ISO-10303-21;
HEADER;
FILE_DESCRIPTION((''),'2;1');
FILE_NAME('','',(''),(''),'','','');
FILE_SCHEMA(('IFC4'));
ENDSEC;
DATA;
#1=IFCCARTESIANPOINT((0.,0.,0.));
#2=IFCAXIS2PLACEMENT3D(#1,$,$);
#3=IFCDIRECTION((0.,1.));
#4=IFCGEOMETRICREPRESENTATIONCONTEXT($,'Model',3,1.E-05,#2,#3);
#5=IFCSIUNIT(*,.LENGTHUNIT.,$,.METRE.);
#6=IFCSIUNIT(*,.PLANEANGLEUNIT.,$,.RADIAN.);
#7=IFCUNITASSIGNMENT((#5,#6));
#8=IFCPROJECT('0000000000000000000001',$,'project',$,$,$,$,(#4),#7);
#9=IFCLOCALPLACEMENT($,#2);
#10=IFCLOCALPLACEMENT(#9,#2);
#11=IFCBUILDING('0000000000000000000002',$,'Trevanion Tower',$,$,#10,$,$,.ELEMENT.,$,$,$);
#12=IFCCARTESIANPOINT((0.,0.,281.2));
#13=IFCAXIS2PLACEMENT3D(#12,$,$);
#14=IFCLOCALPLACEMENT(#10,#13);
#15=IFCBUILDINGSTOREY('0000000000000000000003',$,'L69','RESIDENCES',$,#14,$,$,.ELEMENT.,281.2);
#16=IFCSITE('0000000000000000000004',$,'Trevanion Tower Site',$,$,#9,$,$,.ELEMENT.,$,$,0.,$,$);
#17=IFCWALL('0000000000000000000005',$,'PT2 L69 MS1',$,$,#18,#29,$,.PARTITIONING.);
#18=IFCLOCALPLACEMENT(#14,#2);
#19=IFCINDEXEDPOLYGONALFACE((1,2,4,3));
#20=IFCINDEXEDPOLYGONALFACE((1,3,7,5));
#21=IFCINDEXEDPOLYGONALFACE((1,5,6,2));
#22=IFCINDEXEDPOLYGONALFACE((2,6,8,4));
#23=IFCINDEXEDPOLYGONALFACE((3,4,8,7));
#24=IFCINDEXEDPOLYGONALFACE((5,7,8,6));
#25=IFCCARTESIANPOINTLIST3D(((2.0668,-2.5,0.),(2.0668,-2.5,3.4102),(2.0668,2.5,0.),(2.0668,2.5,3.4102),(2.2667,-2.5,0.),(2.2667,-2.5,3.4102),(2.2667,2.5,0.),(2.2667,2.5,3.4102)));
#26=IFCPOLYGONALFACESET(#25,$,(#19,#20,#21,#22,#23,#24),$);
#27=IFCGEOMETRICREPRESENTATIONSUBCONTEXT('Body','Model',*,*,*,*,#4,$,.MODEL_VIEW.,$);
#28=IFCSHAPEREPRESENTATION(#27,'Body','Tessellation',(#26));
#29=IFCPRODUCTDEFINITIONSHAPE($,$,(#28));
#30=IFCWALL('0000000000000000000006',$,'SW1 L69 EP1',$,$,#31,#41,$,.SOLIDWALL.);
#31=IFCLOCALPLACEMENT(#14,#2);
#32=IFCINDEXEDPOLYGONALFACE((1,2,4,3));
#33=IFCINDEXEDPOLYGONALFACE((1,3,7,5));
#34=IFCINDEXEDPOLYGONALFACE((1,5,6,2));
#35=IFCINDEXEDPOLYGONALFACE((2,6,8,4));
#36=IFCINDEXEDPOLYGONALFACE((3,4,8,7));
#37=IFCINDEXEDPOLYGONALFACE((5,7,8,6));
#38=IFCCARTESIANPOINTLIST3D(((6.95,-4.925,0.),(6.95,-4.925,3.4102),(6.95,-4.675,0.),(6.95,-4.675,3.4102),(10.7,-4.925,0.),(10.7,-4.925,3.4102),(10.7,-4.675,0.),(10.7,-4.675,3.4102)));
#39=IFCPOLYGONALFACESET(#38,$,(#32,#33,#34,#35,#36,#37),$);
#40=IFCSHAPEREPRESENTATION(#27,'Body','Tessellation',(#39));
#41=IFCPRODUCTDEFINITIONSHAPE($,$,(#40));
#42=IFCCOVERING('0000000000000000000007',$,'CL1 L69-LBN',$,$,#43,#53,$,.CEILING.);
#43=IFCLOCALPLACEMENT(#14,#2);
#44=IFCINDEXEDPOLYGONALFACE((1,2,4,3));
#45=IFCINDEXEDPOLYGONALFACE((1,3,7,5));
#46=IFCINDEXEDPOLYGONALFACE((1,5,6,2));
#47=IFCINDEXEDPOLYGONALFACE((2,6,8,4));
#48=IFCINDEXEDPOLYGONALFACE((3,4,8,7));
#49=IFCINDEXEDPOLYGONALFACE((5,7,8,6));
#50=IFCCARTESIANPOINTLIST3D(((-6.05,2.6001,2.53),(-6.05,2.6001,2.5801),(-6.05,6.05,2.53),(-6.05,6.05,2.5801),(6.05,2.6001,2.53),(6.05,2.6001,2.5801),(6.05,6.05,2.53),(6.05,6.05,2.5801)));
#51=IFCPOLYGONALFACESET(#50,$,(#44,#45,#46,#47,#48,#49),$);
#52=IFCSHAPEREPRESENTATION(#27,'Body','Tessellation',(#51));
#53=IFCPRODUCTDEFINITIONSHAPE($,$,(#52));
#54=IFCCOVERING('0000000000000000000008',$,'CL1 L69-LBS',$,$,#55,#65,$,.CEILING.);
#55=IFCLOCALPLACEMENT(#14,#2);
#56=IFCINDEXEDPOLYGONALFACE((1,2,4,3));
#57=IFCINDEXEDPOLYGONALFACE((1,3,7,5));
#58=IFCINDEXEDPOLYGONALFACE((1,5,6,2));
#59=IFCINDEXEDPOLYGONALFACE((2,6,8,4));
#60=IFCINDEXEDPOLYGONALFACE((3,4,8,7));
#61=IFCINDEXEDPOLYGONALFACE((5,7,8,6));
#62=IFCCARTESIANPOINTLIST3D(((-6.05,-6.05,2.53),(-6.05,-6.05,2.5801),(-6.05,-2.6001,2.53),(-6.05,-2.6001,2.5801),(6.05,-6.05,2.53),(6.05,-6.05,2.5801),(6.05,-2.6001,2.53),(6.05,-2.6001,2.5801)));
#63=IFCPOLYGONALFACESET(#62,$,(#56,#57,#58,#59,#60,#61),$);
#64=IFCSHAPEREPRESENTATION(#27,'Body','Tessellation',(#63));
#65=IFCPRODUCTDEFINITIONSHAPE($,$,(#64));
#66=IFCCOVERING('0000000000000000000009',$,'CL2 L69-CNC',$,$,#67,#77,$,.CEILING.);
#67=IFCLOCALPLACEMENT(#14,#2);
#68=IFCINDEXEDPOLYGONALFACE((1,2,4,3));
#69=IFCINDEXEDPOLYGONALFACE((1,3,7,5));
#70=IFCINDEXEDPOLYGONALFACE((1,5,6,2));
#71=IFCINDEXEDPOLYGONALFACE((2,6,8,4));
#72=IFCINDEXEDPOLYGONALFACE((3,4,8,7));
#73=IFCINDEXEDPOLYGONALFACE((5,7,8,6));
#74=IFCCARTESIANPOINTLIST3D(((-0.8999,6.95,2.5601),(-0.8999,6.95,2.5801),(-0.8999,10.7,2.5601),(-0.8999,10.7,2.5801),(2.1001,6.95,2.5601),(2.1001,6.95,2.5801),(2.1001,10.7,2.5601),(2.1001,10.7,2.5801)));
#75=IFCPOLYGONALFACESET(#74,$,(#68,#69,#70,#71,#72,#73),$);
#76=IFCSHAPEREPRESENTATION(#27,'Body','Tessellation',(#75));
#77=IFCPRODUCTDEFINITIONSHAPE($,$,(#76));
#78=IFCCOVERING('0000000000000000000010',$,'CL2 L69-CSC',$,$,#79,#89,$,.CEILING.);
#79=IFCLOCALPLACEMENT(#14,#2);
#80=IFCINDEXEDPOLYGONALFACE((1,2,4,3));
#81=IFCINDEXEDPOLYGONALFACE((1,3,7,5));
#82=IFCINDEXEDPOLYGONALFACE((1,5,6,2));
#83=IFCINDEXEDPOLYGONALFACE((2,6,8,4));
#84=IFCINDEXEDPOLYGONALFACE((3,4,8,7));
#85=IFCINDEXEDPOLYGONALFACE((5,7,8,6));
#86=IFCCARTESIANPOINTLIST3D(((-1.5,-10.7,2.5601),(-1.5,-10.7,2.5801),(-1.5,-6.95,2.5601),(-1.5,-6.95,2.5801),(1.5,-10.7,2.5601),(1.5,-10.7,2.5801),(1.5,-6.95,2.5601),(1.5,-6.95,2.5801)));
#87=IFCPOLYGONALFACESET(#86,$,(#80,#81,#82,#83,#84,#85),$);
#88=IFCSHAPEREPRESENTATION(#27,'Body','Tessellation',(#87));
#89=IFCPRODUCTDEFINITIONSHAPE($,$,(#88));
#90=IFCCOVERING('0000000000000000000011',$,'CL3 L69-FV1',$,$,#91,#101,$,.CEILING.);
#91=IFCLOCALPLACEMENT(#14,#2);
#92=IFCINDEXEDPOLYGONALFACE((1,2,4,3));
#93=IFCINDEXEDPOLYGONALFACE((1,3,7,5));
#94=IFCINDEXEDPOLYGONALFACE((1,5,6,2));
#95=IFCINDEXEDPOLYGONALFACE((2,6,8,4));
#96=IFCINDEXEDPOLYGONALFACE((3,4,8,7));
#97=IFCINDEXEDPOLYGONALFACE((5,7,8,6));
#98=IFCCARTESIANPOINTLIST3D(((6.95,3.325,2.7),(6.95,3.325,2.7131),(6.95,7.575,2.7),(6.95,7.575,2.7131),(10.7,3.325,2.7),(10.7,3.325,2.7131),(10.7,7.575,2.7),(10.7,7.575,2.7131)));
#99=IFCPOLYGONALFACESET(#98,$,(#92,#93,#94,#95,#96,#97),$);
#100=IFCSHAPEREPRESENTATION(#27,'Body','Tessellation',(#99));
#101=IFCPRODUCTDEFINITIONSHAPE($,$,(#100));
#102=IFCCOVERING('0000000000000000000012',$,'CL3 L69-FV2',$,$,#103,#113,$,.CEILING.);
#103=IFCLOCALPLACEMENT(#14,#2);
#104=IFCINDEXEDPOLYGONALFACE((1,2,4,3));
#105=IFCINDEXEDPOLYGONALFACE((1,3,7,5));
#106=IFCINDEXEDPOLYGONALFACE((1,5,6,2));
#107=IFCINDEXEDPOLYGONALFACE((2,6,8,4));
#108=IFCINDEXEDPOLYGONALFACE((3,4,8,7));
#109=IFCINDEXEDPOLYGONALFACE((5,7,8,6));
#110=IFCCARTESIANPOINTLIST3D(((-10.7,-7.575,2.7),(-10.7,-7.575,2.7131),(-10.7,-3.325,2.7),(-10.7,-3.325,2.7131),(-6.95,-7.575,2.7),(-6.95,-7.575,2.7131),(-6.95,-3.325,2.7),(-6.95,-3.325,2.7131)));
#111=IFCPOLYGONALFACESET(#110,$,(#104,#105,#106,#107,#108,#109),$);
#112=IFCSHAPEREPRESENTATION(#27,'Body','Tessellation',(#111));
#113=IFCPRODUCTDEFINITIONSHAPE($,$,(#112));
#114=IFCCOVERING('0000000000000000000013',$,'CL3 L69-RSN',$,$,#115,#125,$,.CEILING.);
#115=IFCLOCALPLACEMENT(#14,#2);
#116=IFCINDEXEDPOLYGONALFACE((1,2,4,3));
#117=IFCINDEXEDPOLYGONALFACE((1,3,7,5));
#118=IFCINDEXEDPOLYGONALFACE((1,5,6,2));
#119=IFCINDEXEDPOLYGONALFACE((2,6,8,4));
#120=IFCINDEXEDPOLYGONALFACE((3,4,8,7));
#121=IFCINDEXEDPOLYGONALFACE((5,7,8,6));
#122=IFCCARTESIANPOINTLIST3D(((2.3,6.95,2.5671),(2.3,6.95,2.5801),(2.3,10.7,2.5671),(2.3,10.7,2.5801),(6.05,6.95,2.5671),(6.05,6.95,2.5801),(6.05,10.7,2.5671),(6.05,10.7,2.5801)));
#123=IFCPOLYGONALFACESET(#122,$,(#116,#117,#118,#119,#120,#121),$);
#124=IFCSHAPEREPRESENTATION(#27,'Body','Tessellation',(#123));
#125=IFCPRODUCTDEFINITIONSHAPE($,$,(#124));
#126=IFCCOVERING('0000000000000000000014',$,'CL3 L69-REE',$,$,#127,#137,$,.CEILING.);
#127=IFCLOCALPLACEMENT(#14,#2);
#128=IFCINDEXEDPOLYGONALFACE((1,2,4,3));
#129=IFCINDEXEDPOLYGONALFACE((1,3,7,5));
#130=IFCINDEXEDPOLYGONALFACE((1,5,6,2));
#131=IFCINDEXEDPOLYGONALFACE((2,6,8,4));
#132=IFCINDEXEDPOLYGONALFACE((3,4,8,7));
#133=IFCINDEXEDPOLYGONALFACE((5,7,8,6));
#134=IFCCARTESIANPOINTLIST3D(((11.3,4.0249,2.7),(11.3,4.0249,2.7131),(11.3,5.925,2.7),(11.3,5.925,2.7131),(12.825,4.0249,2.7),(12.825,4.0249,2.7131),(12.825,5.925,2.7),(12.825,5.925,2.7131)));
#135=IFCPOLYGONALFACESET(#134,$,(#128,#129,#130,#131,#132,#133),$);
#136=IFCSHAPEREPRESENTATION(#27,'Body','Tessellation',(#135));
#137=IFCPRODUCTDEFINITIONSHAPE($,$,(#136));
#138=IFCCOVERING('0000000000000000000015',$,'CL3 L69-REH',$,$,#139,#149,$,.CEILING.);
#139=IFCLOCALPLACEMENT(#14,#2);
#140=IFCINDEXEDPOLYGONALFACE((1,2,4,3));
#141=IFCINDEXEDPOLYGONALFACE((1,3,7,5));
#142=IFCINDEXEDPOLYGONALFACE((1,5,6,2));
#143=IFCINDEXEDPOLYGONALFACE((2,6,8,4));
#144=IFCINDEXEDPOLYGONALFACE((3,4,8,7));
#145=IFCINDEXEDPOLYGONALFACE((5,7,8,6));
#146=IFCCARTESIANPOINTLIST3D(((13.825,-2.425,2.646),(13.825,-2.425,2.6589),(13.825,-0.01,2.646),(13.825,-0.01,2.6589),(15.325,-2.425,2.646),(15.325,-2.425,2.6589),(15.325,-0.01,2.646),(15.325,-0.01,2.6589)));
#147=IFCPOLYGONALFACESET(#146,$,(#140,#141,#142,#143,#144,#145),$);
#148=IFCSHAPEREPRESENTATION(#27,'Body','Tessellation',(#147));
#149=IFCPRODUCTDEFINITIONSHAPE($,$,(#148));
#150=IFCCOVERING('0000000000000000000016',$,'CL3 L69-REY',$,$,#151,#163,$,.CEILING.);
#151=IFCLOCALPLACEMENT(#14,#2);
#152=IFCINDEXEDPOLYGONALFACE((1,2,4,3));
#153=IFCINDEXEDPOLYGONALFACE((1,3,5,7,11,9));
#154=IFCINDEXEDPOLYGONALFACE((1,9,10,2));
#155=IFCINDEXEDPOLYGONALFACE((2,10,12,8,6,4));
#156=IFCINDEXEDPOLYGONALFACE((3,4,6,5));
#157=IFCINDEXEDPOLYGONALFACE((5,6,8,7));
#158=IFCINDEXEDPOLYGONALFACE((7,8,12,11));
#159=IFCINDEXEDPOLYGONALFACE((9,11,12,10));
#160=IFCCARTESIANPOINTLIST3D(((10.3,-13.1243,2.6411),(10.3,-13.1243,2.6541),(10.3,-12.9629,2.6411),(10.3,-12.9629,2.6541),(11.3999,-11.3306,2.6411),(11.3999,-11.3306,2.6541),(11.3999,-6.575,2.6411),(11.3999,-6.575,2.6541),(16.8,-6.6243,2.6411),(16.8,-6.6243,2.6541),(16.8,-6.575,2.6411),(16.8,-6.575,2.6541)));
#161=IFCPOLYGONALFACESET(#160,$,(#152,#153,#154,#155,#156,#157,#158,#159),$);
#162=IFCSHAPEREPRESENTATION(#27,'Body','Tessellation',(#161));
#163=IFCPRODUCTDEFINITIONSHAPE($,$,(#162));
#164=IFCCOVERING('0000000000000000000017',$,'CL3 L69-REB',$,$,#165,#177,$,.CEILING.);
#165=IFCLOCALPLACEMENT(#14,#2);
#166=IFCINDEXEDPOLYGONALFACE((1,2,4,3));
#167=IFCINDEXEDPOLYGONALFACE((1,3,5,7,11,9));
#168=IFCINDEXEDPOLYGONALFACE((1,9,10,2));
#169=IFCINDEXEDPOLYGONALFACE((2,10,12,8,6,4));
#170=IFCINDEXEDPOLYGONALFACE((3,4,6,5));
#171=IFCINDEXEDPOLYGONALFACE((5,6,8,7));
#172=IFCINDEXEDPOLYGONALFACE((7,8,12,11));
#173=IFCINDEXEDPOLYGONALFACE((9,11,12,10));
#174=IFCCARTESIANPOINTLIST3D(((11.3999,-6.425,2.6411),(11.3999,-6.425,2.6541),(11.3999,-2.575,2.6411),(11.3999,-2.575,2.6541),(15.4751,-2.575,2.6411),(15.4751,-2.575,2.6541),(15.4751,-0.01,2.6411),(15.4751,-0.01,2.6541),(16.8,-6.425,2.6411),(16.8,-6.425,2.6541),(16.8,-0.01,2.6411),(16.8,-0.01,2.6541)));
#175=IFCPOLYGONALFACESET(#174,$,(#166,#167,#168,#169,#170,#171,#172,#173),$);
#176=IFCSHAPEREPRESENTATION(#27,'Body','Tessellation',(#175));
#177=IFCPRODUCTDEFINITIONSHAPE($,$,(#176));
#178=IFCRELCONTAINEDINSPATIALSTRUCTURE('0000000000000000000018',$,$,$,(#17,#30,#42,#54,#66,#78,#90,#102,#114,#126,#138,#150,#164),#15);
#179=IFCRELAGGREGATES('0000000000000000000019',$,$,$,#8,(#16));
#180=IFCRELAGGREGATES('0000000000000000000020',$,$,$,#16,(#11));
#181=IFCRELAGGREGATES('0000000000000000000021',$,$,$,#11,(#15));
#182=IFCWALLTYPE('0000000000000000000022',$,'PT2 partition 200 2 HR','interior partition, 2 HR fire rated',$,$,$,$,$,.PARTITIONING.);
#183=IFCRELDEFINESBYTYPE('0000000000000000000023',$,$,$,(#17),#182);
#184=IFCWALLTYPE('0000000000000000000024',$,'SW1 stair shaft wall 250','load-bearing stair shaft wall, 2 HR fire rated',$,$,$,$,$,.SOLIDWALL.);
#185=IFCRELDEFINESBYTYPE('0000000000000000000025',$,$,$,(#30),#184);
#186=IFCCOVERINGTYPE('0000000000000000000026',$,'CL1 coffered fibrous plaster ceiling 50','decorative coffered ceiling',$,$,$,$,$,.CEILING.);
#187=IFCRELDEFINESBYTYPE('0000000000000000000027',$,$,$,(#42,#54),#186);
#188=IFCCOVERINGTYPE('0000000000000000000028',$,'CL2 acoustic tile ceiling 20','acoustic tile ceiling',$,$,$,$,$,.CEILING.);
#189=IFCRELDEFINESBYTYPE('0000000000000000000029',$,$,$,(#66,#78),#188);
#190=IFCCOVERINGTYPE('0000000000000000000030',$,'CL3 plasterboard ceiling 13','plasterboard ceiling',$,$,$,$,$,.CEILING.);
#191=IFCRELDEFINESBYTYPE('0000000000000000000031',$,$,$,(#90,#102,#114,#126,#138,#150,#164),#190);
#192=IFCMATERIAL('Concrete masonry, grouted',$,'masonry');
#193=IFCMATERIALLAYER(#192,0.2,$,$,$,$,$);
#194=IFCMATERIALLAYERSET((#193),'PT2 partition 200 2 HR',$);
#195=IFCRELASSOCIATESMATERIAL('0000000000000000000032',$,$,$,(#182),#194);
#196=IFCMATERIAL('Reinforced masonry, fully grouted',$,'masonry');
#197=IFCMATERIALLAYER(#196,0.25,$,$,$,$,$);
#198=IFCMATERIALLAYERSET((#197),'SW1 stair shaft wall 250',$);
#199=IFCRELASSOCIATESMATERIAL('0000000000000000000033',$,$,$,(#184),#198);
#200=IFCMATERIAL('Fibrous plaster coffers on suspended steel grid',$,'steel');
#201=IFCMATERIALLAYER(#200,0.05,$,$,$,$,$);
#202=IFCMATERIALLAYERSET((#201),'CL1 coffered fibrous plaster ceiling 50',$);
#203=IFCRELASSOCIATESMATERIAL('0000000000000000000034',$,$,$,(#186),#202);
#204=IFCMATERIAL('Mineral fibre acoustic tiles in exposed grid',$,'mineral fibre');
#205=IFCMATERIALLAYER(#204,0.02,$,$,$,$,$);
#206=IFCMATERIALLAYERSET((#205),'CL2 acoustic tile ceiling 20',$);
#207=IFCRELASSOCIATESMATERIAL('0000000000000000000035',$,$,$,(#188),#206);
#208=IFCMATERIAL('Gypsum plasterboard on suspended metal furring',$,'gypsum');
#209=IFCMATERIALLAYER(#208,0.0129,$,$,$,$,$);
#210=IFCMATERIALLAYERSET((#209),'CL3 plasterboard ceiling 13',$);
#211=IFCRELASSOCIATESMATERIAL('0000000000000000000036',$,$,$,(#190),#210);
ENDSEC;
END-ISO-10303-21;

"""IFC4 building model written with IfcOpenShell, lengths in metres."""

from ifc_helpers import new_model, si_unit, direction, frame, frame_2d, origin, place, context, subcontext, project, spatial, polyline, rectangle, outline, extrude, material, layer, layer_set, type_object, element, save


model = new_model("IFC4")

# Units and contexts
model_context = context("Model", 3, precision=1e-05, world=origin(), true_north=direction((0.0, 1.0)))
body_context = subcontext(model_context, "Body", "Model", "MODEL_VIEW")
ifc_project = project(units=[si_unit("LENGTHUNIT", "METRE"), si_unit("PLANEANGLEUNIT", "RADIAN")], contexts=[model_context])

# Site, building, storey
site_placement = place(None, origin())
site = spatial("IfcSite", under=ifc_project, at=site_placement, Name="Trevanion Tower Site", CompositionType="ELEMENT", RefElevation=0.0)
building_placement = place(site_placement, origin())
building = spatial("IfcBuilding", under=site, at=building_placement, Name="Trevanion Tower", CompositionType="ELEMENT")
storey_placement = place(building_placement, frame((0.0, 0.0, 281.2)))
storey = spatial("IfcBuildingStorey", under=building, at=storey_placement, Name="L69", Description="RESIDENCES", CompositionType="ELEMENT", Elevation=281.2)

# Walls
ifc_material_1 = material(Name="Concrete masonry, grouted", Category="masonry")
ifc_layer_1 = layer(ifc_material_1, 0.2)
ifc_layer_set_1 = layer_set([ifc_layer_1], Name="PT2 partition 200 2 HR")
wall_type_1 = type_object("IfcWallType", Name="PT2 partition 200 2 HR", Description="interior partition, 2 HR fire rated", PredefinedType="PARTITIONING", material=ifc_layer_set_1)
wall_1_placement = place(storey_placement, frame((2.1667, -2.5, 0.0), z_axis=(0.0, 0.0, 1.0), x_axis=(0.0, 1.0, 0.0)))
element("IfcWall", 1, at=wall_1_placement, inside=storey, type_object=wall_type_1, Name="PT2 L69 MS1", PredefinedType="PARTITIONING", context=body_context, shape_type="SweptSolid", body=[
    extrude(rectangle(XDim=5.0, YDim=0.2, at=frame_2d((2.5, 0.0))), origin(), (0.0, 0.0, 1.0), 3.4102),
])
ifc_material_2 = material(Name="Reinforced masonry, fully grouted", Category="masonry")
ifc_layer_2 = layer(ifc_material_2, 0.25)
ifc_layer_set_2 = layer_set([ifc_layer_2], Name="SW1 stair shaft wall 250")
wall_type_2 = type_object("IfcWallType", Name="SW1 stair shaft wall 250", Description="load-bearing stair shaft wall, 2 HR fire rated", PredefinedType="SOLIDWALL", material=ifc_layer_set_2)
wall_2_placement = place(storey_placement, frame((6.95, -4.8, 0.0), z_axis=(0.0, 0.0, 1.0), x_axis=(1.0, 0.0, 0.0)))
element("IfcWall", 2, at=wall_2_placement, inside=storey, type_object=wall_type_2, Name="SW1 L69 EP1", PredefinedType="SOLIDWALL", context=body_context, shape_type="SweptSolid", body=[
    extrude(rectangle(XDim=3.75, YDim=0.25, at=frame_2d((1.875, 0.0))), origin(), (0.0, 0.0, 1.0), 3.4102),
])

# Coverings
ifc_material_3 = material(Name="Fibrous plaster coffers on suspended steel grid", Category="steel")
ifc_layer_3 = layer(ifc_material_3, 0.05)
ifc_layer_set_3 = layer_set([ifc_layer_3], Name="CL1 coffered fibrous plaster ceiling 50")
covering_type_1 = type_object("IfcCoveringType", Name="CL1 coffered fibrous plaster ceiling 50", Description="decorative coffered ceiling", PredefinedType="CEILING", material=ifc_layer_set_3)
covering_1_placement = place(storey_placement, frame((0.0, 0.0, 2.53)))
element("IfcCovering", 3, at=covering_1_placement, inside=storey, type_object=covering_type_1, Name="CL1 L69-LBN", PredefinedType="CEILING", context=body_context, shape_type="SweptSolid", body=[
    extrude(outline(polyline([(6.05, 2.6001), (6.05, 6.05), (-6.05, 6.05), (-6.05, 2.6001), (6.05, 2.6001)])), origin(), (0.0, 0.0, 1.0), 0.05),
])
covering_2_placement = place(storey_placement, frame((0.0, 0.0, 2.53)))
element("IfcCovering", 4, at=covering_2_placement, inside=storey, type_object=covering_type_1, Name="CL1 L69-LBS", PredefinedType="CEILING", context=body_context, shape_type="SweptSolid", body=[
    extrude(outline(polyline([(6.05, -6.05), (6.05, -2.6001), (-6.05, -2.6001), (-6.05, -6.05), (6.05, -6.05)])), origin(), (0.0, 0.0, 1.0), 0.05),
])
ifc_material_4 = material(Name="Mineral fibre acoustic tiles in exposed grid", Category="mineral fibre")
ifc_layer_4 = layer(ifc_material_4, 0.02)
ifc_layer_set_4 = layer_set([ifc_layer_4], Name="CL2 acoustic tile ceiling 20")
covering_type_2 = type_object("IfcCoveringType", Name="CL2 acoustic tile ceiling 20", Description="acoustic tile ceiling", PredefinedType="CEILING", material=ifc_layer_set_4)
covering_3_placement = place(storey_placement, frame((0.0, 0.0, 2.5601)))
element("IfcCovering", 5, at=covering_3_placement, inside=storey, type_object=covering_type_2, Name="CL2 L69-CNC", PredefinedType="CEILING", context=body_context, shape_type="SweptSolid", body=[
    extrude(outline(polyline([(2.1001, 6.95), (2.1001, 10.7), (-0.8999, 10.7), (-0.8999, 6.95), (2.1001, 6.95)])), origin(), (0.0, 0.0, 1.0), 0.02),
])
covering_4_placement = place(storey_placement, frame((0.0, 0.0, 2.5601)))
element("IfcCovering", 6, at=covering_4_placement, inside=storey, type_object=covering_type_2, Name="CL2 L69-CSC", PredefinedType="CEILING", context=body_context, shape_type="SweptSolid", body=[
    extrude(outline(polyline([(1.5, -10.7), (1.5, -6.95), (-1.5, -6.95), (-1.5, -10.7), (1.5, -10.7)])), origin(), (0.0, 0.0, 1.0), 0.02),
])
ifc_material_5 = material(Name="Gypsum plasterboard on suspended metal furring", Category="gypsum")
ifc_layer_5 = layer(ifc_material_5, 0.0129)
ifc_layer_set_5 = layer_set([ifc_layer_5], Name="CL3 plasterboard ceiling 13")
covering_type_3 = type_object("IfcCoveringType", Name="CL3 plasterboard ceiling 13", Description="plasterboard ceiling", PredefinedType="CEILING", material=ifc_layer_set_5)
covering_5_placement = place(storey_placement, frame((0.0, 0.0, 2.7)))
element("IfcCovering", 7, at=covering_5_placement, inside=storey, type_object=covering_type_3, Name="CL3 L69-FV1", PredefinedType="CEILING", context=body_context, shape_type="SweptSolid", body=[
    extrude(outline(polyline([(10.7, 3.325), (10.7, 7.575), (6.95, 7.575), (6.95, 3.325), (10.7, 3.325)])), origin(), (0.0, 0.0, 1.0), 0.0132),
])
covering_6_placement = place(storey_placement, frame((0.0, 0.0, 2.7)))
element("IfcCovering", 8, at=covering_6_placement, inside=storey, type_object=covering_type_3, Name="CL3 L69-FV2", PredefinedType="CEILING", context=body_context, shape_type="SweptSolid", body=[
    extrude(outline(polyline([(-10.7, -3.325), (-10.7, -7.575), (-6.95, -7.575), (-6.95, -3.325), (-10.7, -3.325)])), origin(), (0.0, 0.0, 1.0), 0.0132),
])
covering_7_placement = place(storey_placement, frame((0.0, 0.0, 2.5671)))
element("IfcCovering", 9, at=covering_7_placement, inside=storey, type_object=covering_type_3, Name="CL3 L69-RSN", PredefinedType="CEILING", context=body_context, shape_type="SweptSolid", body=[
    extrude(outline(polyline([(6.05, 6.95), (6.05, 10.7), (2.3, 10.7), (2.3, 6.95), (6.05, 6.95)])), origin(), (0.0, 0.0, 1.0), 0.0129),
])
covering_8_placement = place(storey_placement, frame((0.0, 0.0, 2.7)))
element("IfcCovering", 10, at=covering_8_placement, inside=storey, type_object=covering_type_3, Name="CL3 L69-REE", PredefinedType="CEILING", context=body_context, shape_type="SweptSolid", body=[
    extrude(outline(polyline([(12.825, 4.0249), (12.825, 5.925), (11.3, 5.925), (11.3, 4.0249), (12.825, 4.0249)])), origin(), (0.0, 0.0, 1.0), 0.0132),
])
covering_9_placement = place(storey_placement, frame((0.0, 0.0, 2.646)))
element("IfcCovering", 11, at=covering_9_placement, inside=storey, type_object=covering_type_3, Name="CL3 L69-REH", PredefinedType="CEILING", context=body_context, shape_type="SweptSolid", body=[
    extrude(outline(polyline([(15.325, -2.425), (15.325, -0.01), (13.825, -0.01), (13.825, -2.425), (15.325, -2.425)])), origin(), (0.0, 0.0, 1.0), 0.0129),
])
covering_10_placement = place(storey_placement, frame((0.0, 0.0, 2.6411)))
element("IfcCovering", 12, at=covering_10_placement, inside=storey, type_object=covering_type_3, Name="CL3 L69-REY", PredefinedType="CEILING", context=body_context, shape_type="SweptSolid", body=[
    extrude(outline(polyline([(10.3, -13.1243), (10.3, -12.9629), (11.3999, -11.3306), (11.3999, -6.575), (16.8, -6.575), (16.8, -6.6243), (10.3, -13.1243)])), origin(), (0.0, 0.0, 1.0), 0.0129),
])
covering_11_placement = place(storey_placement, frame((0.0, 0.0, 2.6411)))
element("IfcCovering", 13, at=covering_11_placement, inside=storey, type_object=covering_type_3, Name="CL3 L69-REB", PredefinedType="CEILING", context=body_context, shape_type="SweptSolid", body=[
    extrude(outline(polyline([(11.3999, -6.425), (11.3999, -2.575), (15.4751, -2.575), (15.4751, -0.01), (16.8, -0.01), (16.8, -6.425), (11.3999, -6.425)])), origin(), (0.0, 0.0, 1.0), 0.0129),
])

save(model, "model.ifc")
